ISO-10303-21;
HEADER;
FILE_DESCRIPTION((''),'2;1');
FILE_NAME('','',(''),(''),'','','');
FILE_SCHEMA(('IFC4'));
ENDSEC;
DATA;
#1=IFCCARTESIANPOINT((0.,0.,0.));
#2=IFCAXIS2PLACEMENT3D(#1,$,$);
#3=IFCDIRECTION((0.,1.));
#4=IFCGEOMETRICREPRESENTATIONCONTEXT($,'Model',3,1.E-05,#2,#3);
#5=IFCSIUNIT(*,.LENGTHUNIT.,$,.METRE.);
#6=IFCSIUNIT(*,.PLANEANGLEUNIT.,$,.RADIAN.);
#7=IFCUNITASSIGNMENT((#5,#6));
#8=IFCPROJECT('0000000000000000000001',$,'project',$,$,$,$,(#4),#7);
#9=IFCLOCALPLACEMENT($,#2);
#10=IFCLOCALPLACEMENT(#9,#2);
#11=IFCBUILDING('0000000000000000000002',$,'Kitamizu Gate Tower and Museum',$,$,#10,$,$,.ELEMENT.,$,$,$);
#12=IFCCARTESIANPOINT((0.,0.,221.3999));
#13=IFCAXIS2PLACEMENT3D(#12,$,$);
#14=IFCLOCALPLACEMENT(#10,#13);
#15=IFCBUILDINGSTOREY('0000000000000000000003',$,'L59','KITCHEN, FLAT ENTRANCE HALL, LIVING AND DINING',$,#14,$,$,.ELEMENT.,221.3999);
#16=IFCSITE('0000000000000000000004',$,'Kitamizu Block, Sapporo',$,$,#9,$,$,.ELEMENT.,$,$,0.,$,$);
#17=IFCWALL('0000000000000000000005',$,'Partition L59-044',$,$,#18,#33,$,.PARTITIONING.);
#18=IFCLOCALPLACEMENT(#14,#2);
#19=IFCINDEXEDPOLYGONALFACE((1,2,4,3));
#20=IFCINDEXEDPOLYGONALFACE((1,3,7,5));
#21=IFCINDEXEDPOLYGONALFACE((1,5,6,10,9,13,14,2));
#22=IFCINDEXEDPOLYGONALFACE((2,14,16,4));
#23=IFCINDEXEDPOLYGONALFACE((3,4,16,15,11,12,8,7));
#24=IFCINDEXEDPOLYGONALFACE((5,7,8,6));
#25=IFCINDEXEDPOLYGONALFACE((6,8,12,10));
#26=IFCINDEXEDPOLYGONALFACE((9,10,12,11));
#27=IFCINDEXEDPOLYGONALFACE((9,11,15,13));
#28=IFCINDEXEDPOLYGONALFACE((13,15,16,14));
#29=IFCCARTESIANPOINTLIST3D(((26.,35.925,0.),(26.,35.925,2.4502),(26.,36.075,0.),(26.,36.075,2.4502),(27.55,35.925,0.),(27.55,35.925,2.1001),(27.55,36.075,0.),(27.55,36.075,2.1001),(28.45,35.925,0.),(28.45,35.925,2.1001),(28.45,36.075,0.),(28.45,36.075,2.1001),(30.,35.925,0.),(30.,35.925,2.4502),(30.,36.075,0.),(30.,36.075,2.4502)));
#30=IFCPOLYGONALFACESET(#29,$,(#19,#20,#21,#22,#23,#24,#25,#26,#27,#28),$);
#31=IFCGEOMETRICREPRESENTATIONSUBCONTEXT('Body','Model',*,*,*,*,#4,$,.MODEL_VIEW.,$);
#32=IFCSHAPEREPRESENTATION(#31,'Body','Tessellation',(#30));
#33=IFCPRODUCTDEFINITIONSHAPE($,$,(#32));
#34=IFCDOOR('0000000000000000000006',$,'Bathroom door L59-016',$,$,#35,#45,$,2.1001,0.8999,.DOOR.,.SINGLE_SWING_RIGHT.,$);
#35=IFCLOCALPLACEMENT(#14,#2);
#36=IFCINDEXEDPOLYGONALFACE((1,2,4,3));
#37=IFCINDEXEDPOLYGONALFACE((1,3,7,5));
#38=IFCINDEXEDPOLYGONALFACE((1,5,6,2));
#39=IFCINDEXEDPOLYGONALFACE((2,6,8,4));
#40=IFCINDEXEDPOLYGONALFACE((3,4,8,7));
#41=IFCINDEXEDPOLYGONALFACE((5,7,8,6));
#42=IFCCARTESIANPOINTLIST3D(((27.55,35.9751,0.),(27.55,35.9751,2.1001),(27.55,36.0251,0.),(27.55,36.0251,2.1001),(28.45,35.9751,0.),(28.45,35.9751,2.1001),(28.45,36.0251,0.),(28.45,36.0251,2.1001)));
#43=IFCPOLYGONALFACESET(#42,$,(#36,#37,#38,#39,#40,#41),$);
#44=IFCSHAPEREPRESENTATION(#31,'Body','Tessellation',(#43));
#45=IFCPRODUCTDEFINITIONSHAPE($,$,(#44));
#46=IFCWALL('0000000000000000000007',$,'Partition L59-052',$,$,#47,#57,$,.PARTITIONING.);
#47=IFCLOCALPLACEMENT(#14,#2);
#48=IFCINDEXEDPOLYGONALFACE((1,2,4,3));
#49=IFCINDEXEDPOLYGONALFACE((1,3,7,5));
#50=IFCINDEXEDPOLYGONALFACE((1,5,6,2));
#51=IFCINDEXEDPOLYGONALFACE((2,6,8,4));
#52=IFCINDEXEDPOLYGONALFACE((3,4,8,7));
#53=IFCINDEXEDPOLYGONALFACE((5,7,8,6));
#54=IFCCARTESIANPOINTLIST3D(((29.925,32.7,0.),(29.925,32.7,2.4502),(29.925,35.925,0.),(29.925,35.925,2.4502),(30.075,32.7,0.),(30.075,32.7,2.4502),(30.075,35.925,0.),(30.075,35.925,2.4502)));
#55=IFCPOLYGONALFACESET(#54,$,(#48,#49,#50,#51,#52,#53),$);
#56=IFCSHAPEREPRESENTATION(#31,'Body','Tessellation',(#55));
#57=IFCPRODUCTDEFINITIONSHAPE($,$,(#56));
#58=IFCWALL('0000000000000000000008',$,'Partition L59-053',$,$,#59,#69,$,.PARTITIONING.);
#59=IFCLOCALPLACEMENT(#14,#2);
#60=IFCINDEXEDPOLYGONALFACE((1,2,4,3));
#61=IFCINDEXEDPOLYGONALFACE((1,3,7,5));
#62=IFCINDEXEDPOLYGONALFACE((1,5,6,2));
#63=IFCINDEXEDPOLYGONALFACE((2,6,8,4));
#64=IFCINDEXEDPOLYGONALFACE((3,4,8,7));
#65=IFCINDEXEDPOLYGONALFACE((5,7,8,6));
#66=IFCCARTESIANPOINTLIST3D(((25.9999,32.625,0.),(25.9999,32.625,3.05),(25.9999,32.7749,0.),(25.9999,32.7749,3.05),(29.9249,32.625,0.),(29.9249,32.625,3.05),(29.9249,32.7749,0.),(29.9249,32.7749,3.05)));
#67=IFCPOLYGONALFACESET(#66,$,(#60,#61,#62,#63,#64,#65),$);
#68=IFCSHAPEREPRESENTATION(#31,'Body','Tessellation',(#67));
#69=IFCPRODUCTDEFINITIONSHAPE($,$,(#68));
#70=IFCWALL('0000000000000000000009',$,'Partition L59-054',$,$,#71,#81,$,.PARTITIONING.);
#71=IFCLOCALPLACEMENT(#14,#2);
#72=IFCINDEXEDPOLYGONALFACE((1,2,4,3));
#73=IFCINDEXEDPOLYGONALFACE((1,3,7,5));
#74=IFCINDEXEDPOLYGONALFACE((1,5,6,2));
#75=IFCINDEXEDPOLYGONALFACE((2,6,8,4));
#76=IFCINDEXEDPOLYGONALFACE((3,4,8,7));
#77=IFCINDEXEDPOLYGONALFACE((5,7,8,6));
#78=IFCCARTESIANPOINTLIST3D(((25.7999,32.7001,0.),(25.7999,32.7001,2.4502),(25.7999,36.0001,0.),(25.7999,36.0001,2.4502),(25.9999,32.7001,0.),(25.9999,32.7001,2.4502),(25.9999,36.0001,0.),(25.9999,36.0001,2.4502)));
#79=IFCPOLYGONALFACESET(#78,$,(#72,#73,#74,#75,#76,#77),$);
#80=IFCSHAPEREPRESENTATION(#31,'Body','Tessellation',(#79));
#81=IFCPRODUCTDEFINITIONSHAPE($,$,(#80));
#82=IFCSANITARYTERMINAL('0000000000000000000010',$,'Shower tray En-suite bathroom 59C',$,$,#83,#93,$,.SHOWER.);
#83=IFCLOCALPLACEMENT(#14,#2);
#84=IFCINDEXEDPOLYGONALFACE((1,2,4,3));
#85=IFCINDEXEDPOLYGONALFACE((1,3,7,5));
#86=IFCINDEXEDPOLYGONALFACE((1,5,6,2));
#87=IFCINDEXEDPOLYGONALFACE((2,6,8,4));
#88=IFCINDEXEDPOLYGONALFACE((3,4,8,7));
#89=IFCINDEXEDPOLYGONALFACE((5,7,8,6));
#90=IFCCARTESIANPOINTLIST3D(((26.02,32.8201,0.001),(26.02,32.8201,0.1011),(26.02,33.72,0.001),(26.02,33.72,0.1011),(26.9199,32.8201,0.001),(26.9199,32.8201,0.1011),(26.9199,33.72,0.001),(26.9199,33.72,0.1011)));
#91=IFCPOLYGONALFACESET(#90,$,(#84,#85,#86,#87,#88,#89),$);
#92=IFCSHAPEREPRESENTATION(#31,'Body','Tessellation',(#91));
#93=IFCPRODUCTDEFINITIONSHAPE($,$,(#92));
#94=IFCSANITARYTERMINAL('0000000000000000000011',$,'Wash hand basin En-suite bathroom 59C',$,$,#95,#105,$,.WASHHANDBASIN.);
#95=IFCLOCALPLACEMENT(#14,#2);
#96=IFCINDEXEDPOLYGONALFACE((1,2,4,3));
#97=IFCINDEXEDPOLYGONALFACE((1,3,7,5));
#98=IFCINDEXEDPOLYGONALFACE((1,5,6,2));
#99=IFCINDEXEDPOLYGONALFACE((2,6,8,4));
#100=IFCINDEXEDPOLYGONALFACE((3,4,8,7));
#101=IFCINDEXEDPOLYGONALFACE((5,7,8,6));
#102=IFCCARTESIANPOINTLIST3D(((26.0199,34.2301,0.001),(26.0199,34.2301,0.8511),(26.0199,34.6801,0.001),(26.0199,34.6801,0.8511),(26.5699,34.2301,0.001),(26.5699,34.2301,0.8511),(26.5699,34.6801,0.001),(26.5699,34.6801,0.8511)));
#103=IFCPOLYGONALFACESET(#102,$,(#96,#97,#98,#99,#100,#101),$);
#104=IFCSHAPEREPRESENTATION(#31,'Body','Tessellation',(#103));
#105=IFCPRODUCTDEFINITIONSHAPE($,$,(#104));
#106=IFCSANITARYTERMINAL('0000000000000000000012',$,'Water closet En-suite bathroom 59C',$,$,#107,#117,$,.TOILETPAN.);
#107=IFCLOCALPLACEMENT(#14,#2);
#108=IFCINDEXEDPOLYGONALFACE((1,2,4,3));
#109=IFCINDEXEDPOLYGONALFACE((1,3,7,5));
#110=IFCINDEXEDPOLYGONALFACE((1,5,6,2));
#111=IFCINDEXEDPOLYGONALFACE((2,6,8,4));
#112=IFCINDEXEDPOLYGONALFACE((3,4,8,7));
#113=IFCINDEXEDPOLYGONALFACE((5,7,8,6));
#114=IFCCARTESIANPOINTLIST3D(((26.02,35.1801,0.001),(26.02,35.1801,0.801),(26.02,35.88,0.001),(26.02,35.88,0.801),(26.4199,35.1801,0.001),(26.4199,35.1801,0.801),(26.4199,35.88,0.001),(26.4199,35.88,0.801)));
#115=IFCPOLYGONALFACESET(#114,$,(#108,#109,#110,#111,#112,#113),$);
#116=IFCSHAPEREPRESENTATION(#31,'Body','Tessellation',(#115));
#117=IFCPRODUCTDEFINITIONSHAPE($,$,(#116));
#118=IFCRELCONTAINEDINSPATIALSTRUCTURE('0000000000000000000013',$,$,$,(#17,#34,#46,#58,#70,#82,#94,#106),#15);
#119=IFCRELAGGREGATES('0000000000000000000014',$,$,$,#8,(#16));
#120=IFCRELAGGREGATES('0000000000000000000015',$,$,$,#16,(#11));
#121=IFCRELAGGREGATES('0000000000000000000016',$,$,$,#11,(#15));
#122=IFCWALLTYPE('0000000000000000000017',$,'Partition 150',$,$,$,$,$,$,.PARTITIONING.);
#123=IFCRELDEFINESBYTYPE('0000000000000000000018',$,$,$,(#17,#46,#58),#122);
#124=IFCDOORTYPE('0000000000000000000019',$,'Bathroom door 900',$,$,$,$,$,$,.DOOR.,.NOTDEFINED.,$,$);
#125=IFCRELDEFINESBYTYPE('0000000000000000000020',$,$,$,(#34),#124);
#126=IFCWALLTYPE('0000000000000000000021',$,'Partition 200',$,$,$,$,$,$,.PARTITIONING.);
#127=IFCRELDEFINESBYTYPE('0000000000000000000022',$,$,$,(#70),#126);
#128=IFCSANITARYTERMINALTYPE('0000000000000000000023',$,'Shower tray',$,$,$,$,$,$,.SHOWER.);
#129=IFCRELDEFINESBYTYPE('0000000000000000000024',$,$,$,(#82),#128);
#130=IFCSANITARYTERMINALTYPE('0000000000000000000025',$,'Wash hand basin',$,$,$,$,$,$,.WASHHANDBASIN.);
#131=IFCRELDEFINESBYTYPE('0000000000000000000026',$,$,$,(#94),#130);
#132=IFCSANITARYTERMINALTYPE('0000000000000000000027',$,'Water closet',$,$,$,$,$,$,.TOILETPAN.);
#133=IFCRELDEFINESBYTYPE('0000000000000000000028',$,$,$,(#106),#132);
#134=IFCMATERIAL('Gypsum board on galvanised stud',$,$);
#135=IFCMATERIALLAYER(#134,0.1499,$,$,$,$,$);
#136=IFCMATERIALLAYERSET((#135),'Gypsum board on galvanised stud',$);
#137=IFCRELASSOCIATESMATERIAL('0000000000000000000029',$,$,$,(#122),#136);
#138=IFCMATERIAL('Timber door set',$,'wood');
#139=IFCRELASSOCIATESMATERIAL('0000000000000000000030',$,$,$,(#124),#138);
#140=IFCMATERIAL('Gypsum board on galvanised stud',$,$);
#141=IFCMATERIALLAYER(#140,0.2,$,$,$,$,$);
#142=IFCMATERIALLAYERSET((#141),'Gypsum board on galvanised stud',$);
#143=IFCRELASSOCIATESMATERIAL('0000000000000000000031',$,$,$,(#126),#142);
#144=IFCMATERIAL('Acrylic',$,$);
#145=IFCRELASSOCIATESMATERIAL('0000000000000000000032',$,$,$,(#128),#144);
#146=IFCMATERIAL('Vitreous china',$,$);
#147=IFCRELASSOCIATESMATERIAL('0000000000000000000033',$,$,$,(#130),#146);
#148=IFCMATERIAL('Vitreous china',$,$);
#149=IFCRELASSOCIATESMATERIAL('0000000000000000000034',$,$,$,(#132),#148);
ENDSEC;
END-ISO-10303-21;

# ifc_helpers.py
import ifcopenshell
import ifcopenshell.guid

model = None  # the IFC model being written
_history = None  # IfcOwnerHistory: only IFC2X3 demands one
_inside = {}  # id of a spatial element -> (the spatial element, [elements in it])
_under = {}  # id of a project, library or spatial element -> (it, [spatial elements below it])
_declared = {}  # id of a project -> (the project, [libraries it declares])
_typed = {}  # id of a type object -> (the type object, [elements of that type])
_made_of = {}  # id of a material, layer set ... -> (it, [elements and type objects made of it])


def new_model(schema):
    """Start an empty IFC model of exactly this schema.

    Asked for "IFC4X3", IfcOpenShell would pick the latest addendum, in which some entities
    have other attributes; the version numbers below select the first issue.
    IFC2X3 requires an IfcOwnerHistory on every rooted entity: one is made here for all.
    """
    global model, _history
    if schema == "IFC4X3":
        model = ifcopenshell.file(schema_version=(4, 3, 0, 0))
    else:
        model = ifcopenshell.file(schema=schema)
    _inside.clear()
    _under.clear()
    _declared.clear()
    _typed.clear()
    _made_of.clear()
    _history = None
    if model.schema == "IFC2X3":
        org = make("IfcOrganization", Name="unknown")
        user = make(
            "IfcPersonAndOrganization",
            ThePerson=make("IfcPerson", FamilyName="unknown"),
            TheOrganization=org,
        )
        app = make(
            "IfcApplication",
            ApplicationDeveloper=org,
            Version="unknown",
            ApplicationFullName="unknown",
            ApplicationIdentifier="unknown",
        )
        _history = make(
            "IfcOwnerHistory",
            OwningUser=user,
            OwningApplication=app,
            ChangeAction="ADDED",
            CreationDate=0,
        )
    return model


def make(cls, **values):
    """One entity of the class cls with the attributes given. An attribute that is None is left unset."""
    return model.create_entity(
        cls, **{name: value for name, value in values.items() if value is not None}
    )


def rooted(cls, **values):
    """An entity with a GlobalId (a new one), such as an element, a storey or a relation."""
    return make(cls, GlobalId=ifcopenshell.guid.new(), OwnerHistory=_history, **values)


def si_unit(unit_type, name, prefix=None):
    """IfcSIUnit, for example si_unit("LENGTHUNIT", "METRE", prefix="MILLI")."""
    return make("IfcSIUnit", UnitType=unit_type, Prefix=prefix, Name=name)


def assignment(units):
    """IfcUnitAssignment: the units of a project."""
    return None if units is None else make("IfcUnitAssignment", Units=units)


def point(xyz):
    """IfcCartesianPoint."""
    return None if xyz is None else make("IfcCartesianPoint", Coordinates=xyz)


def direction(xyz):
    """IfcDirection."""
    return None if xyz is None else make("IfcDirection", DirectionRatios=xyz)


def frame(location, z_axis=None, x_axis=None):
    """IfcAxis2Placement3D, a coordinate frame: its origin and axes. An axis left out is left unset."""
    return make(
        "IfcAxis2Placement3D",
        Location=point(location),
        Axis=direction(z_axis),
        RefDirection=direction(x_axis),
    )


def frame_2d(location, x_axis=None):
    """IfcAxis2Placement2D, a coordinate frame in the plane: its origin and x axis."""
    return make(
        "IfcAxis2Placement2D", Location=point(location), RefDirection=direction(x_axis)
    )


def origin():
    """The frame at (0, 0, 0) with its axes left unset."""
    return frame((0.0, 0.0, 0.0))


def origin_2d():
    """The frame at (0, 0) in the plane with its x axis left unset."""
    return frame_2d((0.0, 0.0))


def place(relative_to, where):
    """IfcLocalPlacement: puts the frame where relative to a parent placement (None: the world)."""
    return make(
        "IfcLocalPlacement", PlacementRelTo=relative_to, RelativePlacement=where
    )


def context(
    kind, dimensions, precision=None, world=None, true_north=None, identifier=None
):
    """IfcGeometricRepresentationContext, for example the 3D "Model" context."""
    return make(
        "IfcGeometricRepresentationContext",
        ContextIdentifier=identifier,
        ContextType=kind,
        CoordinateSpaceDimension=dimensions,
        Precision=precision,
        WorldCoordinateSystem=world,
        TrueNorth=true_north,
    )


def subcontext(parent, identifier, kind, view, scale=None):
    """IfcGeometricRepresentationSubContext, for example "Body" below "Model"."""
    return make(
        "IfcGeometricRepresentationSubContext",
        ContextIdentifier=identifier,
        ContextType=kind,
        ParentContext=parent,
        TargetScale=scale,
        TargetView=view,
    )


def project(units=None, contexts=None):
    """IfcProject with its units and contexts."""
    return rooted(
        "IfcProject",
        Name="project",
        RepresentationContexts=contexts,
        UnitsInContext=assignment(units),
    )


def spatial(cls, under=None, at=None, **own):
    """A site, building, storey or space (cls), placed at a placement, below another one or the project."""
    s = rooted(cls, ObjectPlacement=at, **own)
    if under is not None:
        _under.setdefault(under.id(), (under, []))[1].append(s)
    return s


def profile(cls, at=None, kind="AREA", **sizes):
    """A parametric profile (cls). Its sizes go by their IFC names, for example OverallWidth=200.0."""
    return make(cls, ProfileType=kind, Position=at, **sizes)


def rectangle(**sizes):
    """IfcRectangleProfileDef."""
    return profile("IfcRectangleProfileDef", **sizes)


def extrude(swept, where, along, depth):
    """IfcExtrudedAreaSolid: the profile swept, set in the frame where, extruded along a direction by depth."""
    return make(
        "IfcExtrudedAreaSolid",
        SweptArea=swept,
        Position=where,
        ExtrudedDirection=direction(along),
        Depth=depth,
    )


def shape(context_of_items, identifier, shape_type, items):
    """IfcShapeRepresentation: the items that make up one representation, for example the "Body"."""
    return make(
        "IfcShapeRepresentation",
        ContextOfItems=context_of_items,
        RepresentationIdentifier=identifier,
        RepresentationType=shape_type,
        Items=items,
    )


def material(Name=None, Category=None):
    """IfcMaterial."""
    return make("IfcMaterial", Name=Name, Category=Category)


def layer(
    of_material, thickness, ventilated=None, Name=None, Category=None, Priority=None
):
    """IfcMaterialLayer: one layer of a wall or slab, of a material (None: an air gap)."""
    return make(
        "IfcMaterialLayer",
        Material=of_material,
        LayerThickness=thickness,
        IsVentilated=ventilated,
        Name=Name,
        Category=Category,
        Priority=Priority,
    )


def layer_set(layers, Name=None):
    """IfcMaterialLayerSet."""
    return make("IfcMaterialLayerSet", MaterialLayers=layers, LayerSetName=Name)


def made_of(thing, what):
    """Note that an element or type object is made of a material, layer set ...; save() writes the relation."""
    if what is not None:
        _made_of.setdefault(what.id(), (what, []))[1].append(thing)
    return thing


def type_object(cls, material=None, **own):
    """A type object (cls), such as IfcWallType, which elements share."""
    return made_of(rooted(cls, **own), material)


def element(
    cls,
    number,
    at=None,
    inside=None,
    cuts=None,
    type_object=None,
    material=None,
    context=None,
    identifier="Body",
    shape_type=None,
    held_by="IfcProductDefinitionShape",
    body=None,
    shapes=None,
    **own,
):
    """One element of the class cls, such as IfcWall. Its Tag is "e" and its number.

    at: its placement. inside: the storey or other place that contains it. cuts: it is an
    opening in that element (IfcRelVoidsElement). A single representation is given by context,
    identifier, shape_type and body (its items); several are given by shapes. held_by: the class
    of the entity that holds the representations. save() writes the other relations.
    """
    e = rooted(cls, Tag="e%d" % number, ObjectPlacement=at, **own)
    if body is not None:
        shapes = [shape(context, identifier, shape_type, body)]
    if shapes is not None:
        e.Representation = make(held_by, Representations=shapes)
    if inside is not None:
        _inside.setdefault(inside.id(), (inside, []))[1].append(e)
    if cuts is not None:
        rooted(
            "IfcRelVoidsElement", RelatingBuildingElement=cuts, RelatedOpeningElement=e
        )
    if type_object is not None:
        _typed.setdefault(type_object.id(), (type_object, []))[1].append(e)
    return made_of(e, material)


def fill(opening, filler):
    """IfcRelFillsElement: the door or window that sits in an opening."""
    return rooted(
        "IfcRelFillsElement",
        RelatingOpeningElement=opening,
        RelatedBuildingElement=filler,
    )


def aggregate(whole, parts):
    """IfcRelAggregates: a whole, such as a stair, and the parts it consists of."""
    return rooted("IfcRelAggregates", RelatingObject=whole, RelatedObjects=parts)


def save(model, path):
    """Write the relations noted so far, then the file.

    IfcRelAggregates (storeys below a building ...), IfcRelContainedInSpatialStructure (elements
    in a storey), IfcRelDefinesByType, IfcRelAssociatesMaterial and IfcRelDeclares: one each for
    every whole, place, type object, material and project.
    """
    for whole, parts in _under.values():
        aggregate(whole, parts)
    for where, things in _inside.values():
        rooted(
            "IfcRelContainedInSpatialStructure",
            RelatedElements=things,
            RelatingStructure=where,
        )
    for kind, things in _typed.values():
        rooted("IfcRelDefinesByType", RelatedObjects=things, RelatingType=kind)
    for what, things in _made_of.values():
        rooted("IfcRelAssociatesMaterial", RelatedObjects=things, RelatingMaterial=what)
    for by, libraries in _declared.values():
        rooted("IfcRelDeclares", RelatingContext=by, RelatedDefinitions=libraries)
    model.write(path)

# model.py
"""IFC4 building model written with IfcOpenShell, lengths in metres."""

from ifc_helpers import new_model, si_unit, direction, frame, frame_2d, origin, origin_2d, place, context, subcontext, project, spatial, rectangle, extrude, material, layer, layer_set, type_object, element, fill, save


model = new_model("IFC4")

# Units and contexts
model_context = context("Model", 3, precision=1e-05, world=origin(), true_north=direction((0.0, 1.0)))
body_context = subcontext(model_context, "Body", "Model", "MODEL_VIEW")
ifc_project = project(units=[si_unit("LENGTHUNIT", "METRE"), si_unit("PLANEANGLEUNIT", "RADIAN")], contexts=[model_context])

# Site, building, storey
site_placement = place(None, origin())
site = spatial("IfcSite", under=ifc_project, at=site_placement, Name="Kitamizu Block, Sapporo", CompositionType="ELEMENT", RefElevation=0.0)
building_placement = place(site_placement, origin())
building = spatial("IfcBuilding", under=site, at=building_placement, Name="Kitamizu Gate Tower and Museum", CompositionType="ELEMENT")
storey_placement = place(building_placement, frame((0.0, 0.0, 221.3999)))
storey = spatial("IfcBuildingStorey", under=building, at=storey_placement, Name="L59", Description="KITCHEN, FLAT ENTRANCE HALL, LIVING AND DINING", CompositionType="ELEMENT", Elevation=221.3999)

# Wall, opening, door
ifc_material_1 = material(Name="Gypsum board on galvanised stud")
ifc_layer_1 = layer(ifc_material_1, 0.1499)
ifc_layer_set_1 = layer_set([ifc_layer_1], Name="Gypsum board on galvanised stud")
wall_type_1 = type_object("IfcWallType", Name="Partition 150", PredefinedType="PARTITIONING", material=ifc_layer_set_1)
wall_1_placement = place(storey_placement, frame((26.0, 36.0, 0.0), z_axis=(0.0, 0.0, 1.0), x_axis=(1.0, 0.0, 0.0)))
wall_1 = element("IfcWall", 1, at=wall_1_placement, inside=storey, type_object=wall_type_1, Name="Partition L59-044", PredefinedType="PARTITIONING", context=body_context, shape_type="SweptSolid", body=[
    extrude(rectangle(XDim=4.0, YDim=0.1499, at=frame_2d((2.0, 0.0))), origin(), (0.0, 0.0, 1.0), 2.4502),
])
opening_1_placement = place(wall_1_placement, frame((1.55, 0.0, 0.0)))
opening_1 = element("IfcOpeningElement", 2, at=opening_1_placement, cuts=wall_1, PredefinedType="OPENING", context=body_context, shape_type="SweptSolid", body=[
    extrude(rectangle(XDim=0.8999, YDim=2.1001, at=frame_2d((0.45, 1.05))), frame((0.0, 0.085, 0.0), z_axis=(0.0, -1.0, 0.0), x_axis=(1.0, 0.0, 0.0)), (0.0, 0.0, 1.0), 0.1699),
])
ifc_material_2 = material(Name="Timber door set", Category="wood")
door_type_1 = type_object("IfcDoorType", Name="Bathroom door 900", OperationType="NOTDEFINED", PredefinedType="DOOR", material=ifc_material_2)
door_1_placement = place(opening_1_placement, frame((0.8999, 0.0, 0.0), x_axis=(-1.0, 0.0, 0.0)))
door_1 = element("IfcDoor", 3, at=door_1_placement, inside=storey, type_object=door_type_1, Name="Bathroom door L59-016", OperationType="SINGLE_SWING_RIGHT", OverallHeight=2.1001, OverallWidth=0.8999, PredefinedType="DOOR", context=body_context, shape_type="SweptSolid", body=[
    extrude(rectangle(XDim=0.8999, YDim=2.1001, at=frame_2d((0.45, 1.05))), frame((0.0, 0.0249, 0.0), z_axis=(0.0, -1.0, 0.0), x_axis=(1.0, 0.0, 0.0)), (0.0, 0.0, 1.0), 0.05),
])
fill(opening_1, door_1)

# Walls
wall_2_placement = place(storey_placement, frame((30.0, 32.7, 0.0), z_axis=(0.0, 0.0, 1.0), x_axis=(0.0, 1.0, 0.0)))
element("IfcWall", 4, at=wall_2_placement, inside=storey, type_object=wall_type_1, Name="Partition L59-052", PredefinedType="PARTITIONING", context=body_context, shape_type="SweptSolid", body=[
    extrude(rectangle(XDim=3.2251, YDim=0.1499, at=frame_2d((1.6125, 0.0))), origin(), (0.0, 0.0, 1.0), 2.4502),
])
wall_3_placement = place(storey_placement, frame((26.0, 32.7, 0.0), z_axis=(0.0, 0.0, 1.0), x_axis=(1.0, 0.0, 0.0)))
element("IfcWall", 5, at=wall_3_placement, inside=storey, type_object=wall_type_1, Name="Partition L59-053", PredefinedType="PARTITIONING", context=body_context, shape_type="SweptSolid", body=[
    extrude(rectangle(XDim=3.925, YDim=0.1499, at=frame_2d((1.9624, 0.0))), origin(), (0.0, 0.0, 1.0), 3.05),
])
ifc_material_3 = material(Name="Gypsum board on galvanised stud")
ifc_layer_2 = layer(ifc_material_3, 0.2)
ifc_layer_set_2 = layer_set([ifc_layer_2], Name="Gypsum board on galvanised stud")
wall_type_2 = type_object("IfcWallType", Name="Partition 200", PredefinedType="PARTITIONING", material=ifc_layer_set_2)
wall_4_placement = place(storey_placement, frame((25.8999, 36.0, 0.0), z_axis=(0.0, 0.0, 1.0), x_axis=(0.0, -1.0, 0.0)))
element("IfcWall", 6, at=wall_4_placement, inside=storey, type_object=wall_type_2, Name="Partition L59-054", PredefinedType="PARTITIONING", context=body_context, shape_type="SweptSolid", body=[
    extrude(rectangle(XDim=3.3, YDim=0.2, at=frame_2d((1.6499, 0.0))), origin(), (0.0, 0.0, 1.0), 2.4502),
])

# Sanitary terminals
ifc_material_4 = material(Name="Acrylic")
sanitary_terminal_type_1 = type_object("IfcSanitaryTerminalType", Name="Shower tray", PredefinedType="SHOWER", material=ifc_material_4)
sanitary_terminal_1_placement = place(storey_placement, frame((26.47, 33.27, 0.001), z_axis=(0.0, 0.0, 1.0), x_axis=(1.0, 0.0, 0.0)))
element("IfcSanitaryTerminal", 7, at=sanitary_terminal_1_placement, inside=storey, type_object=sanitary_terminal_type_1, Name="Shower tray En-suite bathroom 59C", PredefinedType="SHOWER", context=body_context, shape_type="SweptSolid", body=[
    extrude(rectangle(XDim=0.8999, YDim=0.8999, at=origin_2d()), origin(), (0.0, 0.0, 1.0), 0.1001),
])
ifc_material_5 = material(Name="Vitreous china")
sanitary_terminal_type_2 = type_object("IfcSanitaryTerminalType", Name="Wash hand basin", PredefinedType="WASHHANDBASIN", material=ifc_material_5)
sanitary_terminal_2_placement = place(storey_placement, frame((26.2949, 34.4551, 0.001), z_axis=(0.0, 0.0, 1.0), x_axis=(1.0, 0.0, 0.0)))
element("IfcSanitaryTerminal", 8, at=sanitary_terminal_2_placement, inside=storey, type_object=sanitary_terminal_type_2, Name="Wash hand basin En-suite bathroom 59C", PredefinedType="WASHHANDBASIN", context=body_context, shape_type="SweptSolid", body=[
    extrude(rectangle(XDim=0.55, YDim=0.45, at=origin_2d()), origin(), (0.0, 0.0, 1.0), 0.8501),
])
ifc_material_6 = material(Name="Vitreous china")
sanitary_terminal_type_3 = type_object("IfcSanitaryTerminalType", Name="Water closet", PredefinedType="TOILETPAN", material=ifc_material_6)
sanitary_terminal_3_placement = place(storey_placement, frame((26.22, 35.53, 0.001), z_axis=(0.0, 0.0, 1.0), x_axis=(1.0, 0.0, 0.0)))
element("IfcSanitaryTerminal", 9, at=sanitary_terminal_3_placement, inside=storey, type_object=sanitary_terminal_type_3, Name="Water closet En-suite bathroom 59C", PredefinedType="TOILETPAN", context=body_context, shape_type="SweptSolid", body=[
    extrude(rectangle(XDim=0.3999, YDim=0.7, at=origin_2d()), origin(), (0.0, 0.0, 1.0), 0.8),
])

save(model, "model.ifc")
